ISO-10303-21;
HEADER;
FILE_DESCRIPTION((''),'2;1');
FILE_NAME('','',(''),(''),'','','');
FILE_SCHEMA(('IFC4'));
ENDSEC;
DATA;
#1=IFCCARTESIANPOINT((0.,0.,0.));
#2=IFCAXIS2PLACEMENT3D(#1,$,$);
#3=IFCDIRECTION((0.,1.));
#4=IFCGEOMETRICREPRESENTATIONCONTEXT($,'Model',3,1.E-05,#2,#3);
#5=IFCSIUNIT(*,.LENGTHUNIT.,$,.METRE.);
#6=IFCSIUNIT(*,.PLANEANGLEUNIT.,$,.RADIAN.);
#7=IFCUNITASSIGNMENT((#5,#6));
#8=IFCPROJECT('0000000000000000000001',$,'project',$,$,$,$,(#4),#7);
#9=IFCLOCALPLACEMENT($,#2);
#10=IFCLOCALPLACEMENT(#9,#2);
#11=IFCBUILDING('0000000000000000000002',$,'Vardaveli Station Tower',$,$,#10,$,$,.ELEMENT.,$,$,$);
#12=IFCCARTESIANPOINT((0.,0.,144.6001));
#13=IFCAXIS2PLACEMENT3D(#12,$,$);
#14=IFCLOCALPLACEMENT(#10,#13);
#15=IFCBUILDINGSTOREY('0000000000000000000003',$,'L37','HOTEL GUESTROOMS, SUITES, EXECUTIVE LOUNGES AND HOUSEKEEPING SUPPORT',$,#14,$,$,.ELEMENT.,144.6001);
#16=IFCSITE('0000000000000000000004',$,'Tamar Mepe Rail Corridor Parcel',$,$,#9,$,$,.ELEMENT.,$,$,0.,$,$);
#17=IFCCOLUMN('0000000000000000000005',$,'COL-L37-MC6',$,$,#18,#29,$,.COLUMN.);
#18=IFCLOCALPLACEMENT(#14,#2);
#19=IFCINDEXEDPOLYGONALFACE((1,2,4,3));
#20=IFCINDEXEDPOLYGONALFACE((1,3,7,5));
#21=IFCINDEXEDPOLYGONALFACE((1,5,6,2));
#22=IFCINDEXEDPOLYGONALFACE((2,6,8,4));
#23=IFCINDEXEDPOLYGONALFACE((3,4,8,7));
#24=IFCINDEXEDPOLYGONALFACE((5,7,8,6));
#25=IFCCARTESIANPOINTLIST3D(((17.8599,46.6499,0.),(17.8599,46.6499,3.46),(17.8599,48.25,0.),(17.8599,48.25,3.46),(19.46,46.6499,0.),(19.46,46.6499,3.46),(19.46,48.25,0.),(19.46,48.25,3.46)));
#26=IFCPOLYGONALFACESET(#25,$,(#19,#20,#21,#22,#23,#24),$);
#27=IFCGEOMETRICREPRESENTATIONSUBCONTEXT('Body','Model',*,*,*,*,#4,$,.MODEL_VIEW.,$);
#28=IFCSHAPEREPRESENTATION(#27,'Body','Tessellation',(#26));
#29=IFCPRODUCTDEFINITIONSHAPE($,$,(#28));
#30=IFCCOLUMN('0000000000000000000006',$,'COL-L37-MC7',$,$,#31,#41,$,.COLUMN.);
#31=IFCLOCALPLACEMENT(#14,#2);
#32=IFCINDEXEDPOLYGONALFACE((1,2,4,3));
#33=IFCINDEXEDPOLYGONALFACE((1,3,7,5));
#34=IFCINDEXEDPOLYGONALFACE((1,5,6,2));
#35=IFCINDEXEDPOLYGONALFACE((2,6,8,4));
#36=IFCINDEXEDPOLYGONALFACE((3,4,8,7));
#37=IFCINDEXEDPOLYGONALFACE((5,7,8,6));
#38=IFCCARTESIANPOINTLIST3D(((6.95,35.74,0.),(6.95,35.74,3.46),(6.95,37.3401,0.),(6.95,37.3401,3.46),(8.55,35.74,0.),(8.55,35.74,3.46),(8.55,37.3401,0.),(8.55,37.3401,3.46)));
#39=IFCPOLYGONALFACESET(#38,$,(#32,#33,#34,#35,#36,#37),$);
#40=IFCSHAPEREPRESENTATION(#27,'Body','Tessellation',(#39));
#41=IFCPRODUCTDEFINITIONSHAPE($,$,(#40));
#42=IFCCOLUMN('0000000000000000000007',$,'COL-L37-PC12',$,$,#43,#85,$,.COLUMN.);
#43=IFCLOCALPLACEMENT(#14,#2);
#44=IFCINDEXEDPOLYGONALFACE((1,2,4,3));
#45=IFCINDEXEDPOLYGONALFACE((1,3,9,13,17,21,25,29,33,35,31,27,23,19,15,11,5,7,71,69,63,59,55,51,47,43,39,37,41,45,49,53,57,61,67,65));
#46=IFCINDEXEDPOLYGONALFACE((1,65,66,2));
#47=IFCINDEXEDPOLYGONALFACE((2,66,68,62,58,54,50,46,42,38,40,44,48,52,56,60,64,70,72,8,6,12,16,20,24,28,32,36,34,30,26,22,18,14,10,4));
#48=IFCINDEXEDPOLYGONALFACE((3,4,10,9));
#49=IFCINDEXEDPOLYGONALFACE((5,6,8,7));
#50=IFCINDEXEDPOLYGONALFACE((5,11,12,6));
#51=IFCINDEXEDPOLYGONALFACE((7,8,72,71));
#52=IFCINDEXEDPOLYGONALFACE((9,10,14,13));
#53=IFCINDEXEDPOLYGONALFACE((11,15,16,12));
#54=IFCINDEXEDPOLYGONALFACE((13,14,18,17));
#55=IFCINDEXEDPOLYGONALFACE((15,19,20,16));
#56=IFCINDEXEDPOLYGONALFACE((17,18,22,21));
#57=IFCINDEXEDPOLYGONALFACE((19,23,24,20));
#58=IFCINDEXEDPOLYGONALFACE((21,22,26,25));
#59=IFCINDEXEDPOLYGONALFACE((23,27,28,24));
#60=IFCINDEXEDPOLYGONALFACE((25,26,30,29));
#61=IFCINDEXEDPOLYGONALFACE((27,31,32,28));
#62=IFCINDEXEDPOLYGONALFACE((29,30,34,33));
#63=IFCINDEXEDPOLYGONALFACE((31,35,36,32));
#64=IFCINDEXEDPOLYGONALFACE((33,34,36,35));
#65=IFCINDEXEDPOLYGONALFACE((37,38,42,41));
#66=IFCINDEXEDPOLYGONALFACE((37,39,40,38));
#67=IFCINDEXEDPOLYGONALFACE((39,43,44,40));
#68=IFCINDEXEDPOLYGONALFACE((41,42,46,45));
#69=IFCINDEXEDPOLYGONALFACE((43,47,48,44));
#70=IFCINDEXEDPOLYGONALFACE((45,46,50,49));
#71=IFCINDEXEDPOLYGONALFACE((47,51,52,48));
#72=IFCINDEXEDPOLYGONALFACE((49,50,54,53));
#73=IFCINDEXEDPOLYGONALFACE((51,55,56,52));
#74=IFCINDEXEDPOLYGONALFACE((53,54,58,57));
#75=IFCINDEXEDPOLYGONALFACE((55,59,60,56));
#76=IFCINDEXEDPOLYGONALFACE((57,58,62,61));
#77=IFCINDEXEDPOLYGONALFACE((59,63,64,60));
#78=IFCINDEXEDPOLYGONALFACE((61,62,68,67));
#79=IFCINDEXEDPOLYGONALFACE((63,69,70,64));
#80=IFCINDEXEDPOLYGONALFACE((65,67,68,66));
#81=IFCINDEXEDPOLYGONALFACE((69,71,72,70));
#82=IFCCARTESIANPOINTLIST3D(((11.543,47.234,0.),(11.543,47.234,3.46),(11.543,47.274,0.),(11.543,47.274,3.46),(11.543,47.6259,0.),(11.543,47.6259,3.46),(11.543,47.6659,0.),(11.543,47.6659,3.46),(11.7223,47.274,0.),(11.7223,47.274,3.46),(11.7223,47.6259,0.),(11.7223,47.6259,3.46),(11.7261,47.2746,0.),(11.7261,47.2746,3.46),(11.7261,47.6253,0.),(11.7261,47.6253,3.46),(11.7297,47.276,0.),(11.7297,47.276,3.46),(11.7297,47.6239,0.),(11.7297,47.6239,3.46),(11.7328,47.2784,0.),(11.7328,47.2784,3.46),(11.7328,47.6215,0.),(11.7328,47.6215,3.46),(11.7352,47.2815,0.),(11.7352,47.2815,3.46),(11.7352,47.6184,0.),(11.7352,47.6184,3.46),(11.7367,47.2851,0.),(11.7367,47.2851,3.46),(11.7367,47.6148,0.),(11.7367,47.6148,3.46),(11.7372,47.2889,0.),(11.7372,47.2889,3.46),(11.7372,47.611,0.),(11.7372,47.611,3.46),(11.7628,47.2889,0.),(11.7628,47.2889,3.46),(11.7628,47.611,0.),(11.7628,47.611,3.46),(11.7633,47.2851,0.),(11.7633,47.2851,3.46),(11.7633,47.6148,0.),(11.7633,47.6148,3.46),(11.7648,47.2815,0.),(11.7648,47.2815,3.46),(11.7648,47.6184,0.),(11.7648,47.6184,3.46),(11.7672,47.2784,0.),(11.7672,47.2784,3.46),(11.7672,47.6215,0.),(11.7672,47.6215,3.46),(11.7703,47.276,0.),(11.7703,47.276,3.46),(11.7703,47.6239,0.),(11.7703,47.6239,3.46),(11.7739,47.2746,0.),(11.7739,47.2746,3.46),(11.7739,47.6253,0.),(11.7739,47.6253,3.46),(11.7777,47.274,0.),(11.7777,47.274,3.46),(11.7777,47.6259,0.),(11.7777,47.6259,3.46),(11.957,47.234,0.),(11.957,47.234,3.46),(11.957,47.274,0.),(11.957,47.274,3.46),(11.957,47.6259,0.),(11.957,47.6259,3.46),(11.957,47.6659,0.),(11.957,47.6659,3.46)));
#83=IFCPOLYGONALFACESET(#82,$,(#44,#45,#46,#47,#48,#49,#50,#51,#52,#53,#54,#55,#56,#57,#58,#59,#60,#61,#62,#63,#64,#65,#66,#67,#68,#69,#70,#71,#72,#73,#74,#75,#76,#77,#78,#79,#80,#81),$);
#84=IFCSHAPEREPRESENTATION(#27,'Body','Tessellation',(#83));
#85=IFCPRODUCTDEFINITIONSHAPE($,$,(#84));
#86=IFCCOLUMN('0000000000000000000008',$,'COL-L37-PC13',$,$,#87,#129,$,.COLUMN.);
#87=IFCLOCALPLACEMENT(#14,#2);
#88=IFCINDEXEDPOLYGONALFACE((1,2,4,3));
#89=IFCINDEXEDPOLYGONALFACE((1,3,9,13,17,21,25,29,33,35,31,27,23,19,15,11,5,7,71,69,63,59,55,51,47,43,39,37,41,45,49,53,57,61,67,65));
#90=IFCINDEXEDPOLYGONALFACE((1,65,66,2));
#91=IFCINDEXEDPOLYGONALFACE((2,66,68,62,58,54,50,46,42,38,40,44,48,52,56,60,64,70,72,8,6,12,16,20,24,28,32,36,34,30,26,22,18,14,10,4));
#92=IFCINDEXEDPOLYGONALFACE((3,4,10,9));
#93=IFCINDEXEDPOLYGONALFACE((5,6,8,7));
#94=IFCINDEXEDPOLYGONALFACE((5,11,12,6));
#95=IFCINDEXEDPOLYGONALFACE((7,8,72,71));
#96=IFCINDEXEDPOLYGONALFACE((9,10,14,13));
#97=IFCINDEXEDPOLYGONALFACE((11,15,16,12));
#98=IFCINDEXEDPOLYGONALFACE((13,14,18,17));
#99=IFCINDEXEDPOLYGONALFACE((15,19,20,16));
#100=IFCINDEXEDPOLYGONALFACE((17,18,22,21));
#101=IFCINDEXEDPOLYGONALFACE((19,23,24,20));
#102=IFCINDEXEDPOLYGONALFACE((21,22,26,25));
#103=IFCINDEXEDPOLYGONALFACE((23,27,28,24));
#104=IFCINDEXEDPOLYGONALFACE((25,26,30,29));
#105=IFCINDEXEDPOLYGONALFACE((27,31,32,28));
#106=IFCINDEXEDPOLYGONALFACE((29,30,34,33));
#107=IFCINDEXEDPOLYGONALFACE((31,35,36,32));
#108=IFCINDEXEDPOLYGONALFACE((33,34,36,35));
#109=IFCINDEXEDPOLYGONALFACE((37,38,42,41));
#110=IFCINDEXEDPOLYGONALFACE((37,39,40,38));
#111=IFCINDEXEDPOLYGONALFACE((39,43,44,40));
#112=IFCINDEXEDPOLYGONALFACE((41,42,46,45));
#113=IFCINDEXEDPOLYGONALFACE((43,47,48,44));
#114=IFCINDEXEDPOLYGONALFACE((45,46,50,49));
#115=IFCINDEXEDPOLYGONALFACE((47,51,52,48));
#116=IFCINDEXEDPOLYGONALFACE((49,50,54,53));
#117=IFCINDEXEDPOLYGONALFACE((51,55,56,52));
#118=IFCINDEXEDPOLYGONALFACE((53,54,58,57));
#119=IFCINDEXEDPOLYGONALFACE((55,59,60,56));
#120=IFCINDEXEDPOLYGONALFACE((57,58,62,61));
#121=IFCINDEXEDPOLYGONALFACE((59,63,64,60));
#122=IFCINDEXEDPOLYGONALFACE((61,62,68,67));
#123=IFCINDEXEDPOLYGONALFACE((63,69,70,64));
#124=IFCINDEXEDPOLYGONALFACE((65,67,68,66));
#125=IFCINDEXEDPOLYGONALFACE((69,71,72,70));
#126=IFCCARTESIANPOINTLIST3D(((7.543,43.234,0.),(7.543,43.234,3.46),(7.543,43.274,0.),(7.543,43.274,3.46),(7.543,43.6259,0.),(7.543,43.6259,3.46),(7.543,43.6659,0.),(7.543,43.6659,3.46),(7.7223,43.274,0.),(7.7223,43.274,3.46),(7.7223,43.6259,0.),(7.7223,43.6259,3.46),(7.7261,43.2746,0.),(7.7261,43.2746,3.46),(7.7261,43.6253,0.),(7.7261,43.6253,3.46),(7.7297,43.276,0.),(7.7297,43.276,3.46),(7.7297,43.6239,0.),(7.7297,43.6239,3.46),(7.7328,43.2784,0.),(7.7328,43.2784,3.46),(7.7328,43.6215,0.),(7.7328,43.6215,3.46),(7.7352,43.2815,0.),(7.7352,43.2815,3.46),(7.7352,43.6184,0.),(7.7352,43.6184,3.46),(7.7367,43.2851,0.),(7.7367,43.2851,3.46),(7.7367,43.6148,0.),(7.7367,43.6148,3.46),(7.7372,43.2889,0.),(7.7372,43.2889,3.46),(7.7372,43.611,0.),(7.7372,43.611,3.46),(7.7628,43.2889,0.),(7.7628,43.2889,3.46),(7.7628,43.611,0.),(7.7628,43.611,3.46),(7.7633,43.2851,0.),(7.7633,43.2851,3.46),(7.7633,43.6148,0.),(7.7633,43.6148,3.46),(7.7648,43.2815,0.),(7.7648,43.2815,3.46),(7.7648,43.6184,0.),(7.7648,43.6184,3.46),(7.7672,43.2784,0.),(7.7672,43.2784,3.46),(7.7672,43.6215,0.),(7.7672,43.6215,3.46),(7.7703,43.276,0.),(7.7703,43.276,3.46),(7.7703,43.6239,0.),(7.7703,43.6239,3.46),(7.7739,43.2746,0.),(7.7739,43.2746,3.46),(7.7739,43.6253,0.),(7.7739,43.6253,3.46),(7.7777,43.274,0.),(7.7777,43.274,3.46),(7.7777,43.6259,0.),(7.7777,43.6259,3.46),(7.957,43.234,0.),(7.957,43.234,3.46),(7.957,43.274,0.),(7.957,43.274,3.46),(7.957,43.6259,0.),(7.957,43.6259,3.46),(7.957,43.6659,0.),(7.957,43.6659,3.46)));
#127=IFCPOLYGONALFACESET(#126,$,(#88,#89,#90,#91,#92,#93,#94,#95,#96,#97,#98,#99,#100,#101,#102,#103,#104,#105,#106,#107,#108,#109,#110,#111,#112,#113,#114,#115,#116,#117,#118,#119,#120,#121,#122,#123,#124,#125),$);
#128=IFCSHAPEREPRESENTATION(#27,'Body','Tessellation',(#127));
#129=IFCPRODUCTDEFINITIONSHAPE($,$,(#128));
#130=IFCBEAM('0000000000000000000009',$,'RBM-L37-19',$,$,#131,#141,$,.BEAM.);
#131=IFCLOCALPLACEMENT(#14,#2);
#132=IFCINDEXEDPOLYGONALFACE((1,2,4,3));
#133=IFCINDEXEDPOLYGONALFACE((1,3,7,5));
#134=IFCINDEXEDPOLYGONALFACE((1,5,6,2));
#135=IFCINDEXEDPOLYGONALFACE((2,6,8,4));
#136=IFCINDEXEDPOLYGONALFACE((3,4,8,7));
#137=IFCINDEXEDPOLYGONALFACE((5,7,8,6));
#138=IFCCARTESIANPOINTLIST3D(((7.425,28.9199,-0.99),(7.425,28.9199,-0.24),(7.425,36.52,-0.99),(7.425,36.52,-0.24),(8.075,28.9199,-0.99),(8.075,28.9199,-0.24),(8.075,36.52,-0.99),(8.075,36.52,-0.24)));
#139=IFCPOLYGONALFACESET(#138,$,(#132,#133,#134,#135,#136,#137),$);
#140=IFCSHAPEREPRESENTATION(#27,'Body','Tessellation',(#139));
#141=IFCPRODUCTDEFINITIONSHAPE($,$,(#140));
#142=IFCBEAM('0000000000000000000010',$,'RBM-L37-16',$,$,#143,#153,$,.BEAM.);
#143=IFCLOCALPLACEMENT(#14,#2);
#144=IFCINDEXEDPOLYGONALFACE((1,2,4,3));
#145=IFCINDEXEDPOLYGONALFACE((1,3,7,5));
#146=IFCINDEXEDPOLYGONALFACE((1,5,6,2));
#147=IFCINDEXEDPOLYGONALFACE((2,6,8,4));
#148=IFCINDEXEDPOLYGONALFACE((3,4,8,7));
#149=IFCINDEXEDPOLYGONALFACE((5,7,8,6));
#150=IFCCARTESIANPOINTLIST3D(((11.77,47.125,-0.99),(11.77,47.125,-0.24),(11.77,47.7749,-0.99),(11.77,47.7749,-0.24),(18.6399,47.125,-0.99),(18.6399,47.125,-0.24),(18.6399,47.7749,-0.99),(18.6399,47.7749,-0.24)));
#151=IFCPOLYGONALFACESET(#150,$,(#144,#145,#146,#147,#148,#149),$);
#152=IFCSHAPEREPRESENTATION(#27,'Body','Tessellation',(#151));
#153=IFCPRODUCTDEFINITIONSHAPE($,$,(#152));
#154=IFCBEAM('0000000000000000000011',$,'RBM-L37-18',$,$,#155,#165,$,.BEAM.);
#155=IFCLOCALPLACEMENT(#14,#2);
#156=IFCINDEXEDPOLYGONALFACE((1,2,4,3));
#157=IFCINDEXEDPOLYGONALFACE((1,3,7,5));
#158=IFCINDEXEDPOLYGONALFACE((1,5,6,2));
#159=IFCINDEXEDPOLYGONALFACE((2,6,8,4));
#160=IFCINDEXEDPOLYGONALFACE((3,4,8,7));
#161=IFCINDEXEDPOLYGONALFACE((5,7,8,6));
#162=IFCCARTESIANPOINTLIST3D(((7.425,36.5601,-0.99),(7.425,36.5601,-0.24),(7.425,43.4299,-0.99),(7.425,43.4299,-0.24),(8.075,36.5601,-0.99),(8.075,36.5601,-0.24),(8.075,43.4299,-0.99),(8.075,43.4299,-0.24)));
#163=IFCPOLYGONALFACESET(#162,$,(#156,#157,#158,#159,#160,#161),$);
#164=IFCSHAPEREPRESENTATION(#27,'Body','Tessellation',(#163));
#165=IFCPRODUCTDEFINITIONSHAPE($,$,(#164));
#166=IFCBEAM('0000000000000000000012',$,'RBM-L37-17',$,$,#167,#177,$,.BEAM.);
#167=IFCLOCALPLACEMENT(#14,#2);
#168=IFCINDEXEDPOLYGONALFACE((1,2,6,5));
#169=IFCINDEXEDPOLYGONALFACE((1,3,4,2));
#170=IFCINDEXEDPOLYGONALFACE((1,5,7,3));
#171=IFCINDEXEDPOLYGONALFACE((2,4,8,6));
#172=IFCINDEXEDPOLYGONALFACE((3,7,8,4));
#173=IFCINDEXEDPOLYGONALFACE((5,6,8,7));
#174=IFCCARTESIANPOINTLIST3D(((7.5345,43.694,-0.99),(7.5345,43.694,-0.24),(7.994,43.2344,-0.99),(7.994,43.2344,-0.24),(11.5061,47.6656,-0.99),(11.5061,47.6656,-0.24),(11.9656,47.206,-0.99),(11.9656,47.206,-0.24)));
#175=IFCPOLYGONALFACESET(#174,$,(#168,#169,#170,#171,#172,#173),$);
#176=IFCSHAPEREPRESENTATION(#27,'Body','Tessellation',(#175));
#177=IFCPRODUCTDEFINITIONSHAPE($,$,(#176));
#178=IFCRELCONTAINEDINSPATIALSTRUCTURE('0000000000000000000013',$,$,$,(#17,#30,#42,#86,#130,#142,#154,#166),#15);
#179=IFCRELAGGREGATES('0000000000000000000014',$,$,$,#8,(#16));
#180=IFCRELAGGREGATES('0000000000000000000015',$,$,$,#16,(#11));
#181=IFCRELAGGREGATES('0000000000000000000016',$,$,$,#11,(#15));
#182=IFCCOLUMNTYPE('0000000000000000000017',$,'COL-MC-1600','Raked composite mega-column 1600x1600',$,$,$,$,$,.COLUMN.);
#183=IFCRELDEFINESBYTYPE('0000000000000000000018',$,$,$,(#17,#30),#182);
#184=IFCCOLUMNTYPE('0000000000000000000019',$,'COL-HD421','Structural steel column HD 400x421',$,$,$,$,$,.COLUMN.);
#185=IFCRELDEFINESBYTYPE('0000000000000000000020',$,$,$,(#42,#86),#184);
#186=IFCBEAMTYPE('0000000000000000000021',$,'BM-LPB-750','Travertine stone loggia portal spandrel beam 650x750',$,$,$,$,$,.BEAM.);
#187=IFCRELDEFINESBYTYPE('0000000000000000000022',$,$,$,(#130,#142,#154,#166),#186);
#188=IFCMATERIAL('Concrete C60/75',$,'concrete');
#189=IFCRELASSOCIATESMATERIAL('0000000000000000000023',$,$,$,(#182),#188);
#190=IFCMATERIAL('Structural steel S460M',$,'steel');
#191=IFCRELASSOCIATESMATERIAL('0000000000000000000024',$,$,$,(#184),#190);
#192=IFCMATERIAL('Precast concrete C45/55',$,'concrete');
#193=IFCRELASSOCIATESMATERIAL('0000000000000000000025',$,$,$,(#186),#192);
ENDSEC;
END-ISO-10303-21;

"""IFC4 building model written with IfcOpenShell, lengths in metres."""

from ifc_helpers import new_model, si_unit, direction, frame, origin, origin_2d, place, context, subcontext, project, spatial, rectangle, i_section, extrude, source, transform, mapped, material, material_profile, profile_set, type_object, element, save


model = new_model("IFC4")

# Units and contexts
model_context = context("Model", 3, precision=1e-05, world=origin(), true_north=direction((0.0, 1.0)))
body_context = subcontext(model_context, "Body", "Model", "MODEL_VIEW")
ifc_project = project(units=[si_unit("LENGTHUNIT", "METRE"), si_unit("PLANEANGLEUNIT", "RADIAN")], contexts=[model_context])

# Site, building, storey
site_placement = place(None, origin())
site = spatial("IfcSite", under=ifc_project, at=site_placement, Name="Tamar Mepe Rail Corridor Parcel", CompositionType="ELEMENT", RefElevation=0.0)
building_placement = place(site_placement, origin())
building = spatial("IfcBuilding", under=site, at=building_placement, Name="Vardaveli Station Tower", CompositionType="ELEMENT")
storey_placement = place(building_placement, frame((0.0, 0.0, 144.6001)))
storey = spatial("IfcBuildingStorey", under=building, at=storey_placement, Name="L37", Description="HOTEL GUESTROOMS, SUITES, EXECUTIVE LOUNGES AND HOUSEKEEPING SUPPORT", CompositionType="ELEMENT", Elevation=144.6001)

# Columns
ifc_material_1 = material(Name="Concrete C60/75", Category="concrete")
ifc_material_profile_1 = material_profile(ifc_material_1, rectangle(XDim=1.6001, YDim=1.6001, at=origin_2d()), Name="MC 1600x1600")
ifc_profile_set_1 = profile_set([ifc_material_profile_1], Name="Concrete C60/75")
column_type_1 = type_object("IfcColumnType", Name="COL-MC-1600", Description="Raked composite mega-column 1600x1600", PredefinedType="COLUMN", material=ifc_profile_set_1)
shared_shape_1 = source(origin(), body_context, "Body", "SweptSolid", [
    extrude(rectangle(XDim=1.6001, YDim=1.6001, at=origin_2d()), origin(), (0.0, 0.0, 1.0), 3.46),
])
for number, where, z_axis, x_axis, name in (
    (1, (18.6599, 47.45, 0.0), (0.0, 0.0, 1.0), (1.0, 0.0, 0.0), "COL-L37-MC6"),
    (2, (7.75, 36.54, 0.0), (0.0, 0.0, 1.0), (1.0, 0.0, 0.0), "COL-L37-MC7"),
):
    element("IfcColumn", number, at=place(storey_placement, frame(where, z_axis=z_axis, x_axis=x_axis)), inside=storey, type_object=column_type_1, Name=name, PredefinedType="COLUMN", context=body_context, shape_type="MappedRepresentation", body=[
        mapped(shared_shape_1, transform((0.0, 0.0, 0.0), scale=1.0)),
    ])
ifc_material_2 = material(Name="Structural steel S460M", Category="steel")
ifc_material_profile_2 = material_profile(ifc_material_2, i_section(OverallWidth=0.4141, OverallDepth=0.4319, WebThickness=0.0256, FlangeThickness=0.04, FilletRadius=0.0149, at=origin_2d()), Name="HD 400x421")
ifc_profile_set_2 = profile_set([ifc_material_profile_2], Name="Structural steel S460M")
column_type_2 = type_object("IfcColumnType", Name="COL-HD421", Description="Structural steel column HD 400x421", PredefinedType="COLUMN", material=ifc_profile_set_2)
shared_shape_2 = source(origin(), body_context, "Body", "SweptSolid", [
    extrude(i_section(OverallWidth=0.4141, OverallDepth=0.4319, WebThickness=0.0256, FlangeThickness=0.04, FilletRadius=0.0149, at=origin_2d()), origin(), (0.0, 0.0, 1.0), 3.46),
])
for number, where, z_axis, x_axis, name in (
    (3, (11.75, 47.45, 0.0), (0.0, 0.0, 1.0), (1.0, 0.0, 0.0), "COL-L37-PC12"),
    (4, (7.75, 43.45, 0.0), (0.0, 0.0, 1.0), (1.0, 0.0, 0.0), "COL-L37-PC13"),
):
    element("IfcColumn", number, at=place(storey_placement, frame(where, z_axis=z_axis, x_axis=x_axis)), inside=storey, type_object=column_type_2, Name=name, PredefinedType="COLUMN", context=body_context, shape_type="MappedRepresentation", body=[
        mapped(shared_shape_2, transform((0.0, 0.0, 0.0), scale=1.0)),
    ])

# Beams
ifc_material_3 = material(Name="Precast concrete C45/55", Category="concrete")
ifc_material_profile_3 = material_profile(ifc_material_3, rectangle(XDim=0.6499, YDim=0.75, at=origin_2d()), Name="LPB 650x750")
ifc_profile_set_3 = profile_set([ifc_material_profile_3], Name="Precast concrete C45/55")
beam_type = type_object("IfcBeamType", Name="BM-LPB-750", Description="Travertine stone loggia portal spandrel beam 650x750", PredefinedType="BEAM", material=ifc_profile_set_3)
shared_shape_3 = source(origin(), body_context, "Body", "SweptSolid", [
    extrude(rectangle(XDim=0.6499, YDim=0.75, at=origin_2d()), origin(), (0.0, 0.0, 1.0), 7.6001),
])
beam_1_placement = place(storey_placement, frame((7.75, 36.52, -0.615), z_axis=(0.0, -1.0, 0.0), x_axis=(1.0, 0.0, 0.0)))
element("IfcBeam", 5, at=beam_1_placement, inside=storey, type_object=beam_type, Name="RBM-L37-19", PredefinedType="BEAM", context=body_context, shape_type="MappedRepresentation", body=[
    mapped(shared_shape_3, transform((0.0, 0.0, 0.0), scale=1.0)),
])
shared_shape_4 = source(origin(), body_context, "Body", "SweptSolid", [
    extrude(rectangle(XDim=0.6499, YDim=0.75, at=origin_2d()), origin(), (0.0, 0.0, 1.0), 6.8699),
])
for number, where, z_axis, x_axis, name in (
    (6, (18.6399, 47.45, -0.615), (-1.0, 0.0, 0.0), (0.0, -1.0, 0.0), "RBM-L37-16"),
    (7, (7.75, 43.4299, -0.615), (0.0, -1.0, 0.0), (1.0, 0.0, 0.0), "RBM-L37-18"),
):
    element("IfcBeam", number, at=place(storey_placement, frame(where, z_axis=z_axis, x_axis=x_axis)), inside=storey, type_object=beam_type, Name=name, PredefinedType="BEAM", context=body_context, shape_type="MappedRepresentation", body=[
        mapped(shared_shape_4, transform((0.0, 0.0, 0.0), scale=1.0)),
    ])
shared_shape_5 = source(origin(), body_context, "Body", "SweptSolid", [
    extrude(rectangle(XDim=0.6499, YDim=0.75, at=origin_2d()), origin(), (0.0, 0.0, 1.0), 5.6167),
])
beam_2_placement = place(storey_placement, frame((11.7358, 47.4358, -0.615), z_axis=(-0.707107, -0.707107, 0.0), x_axis=(0.707107, -0.707107, 0.0)))
element("IfcBeam", 8, at=beam_2_placement, inside=storey, type_object=beam_type, Name="RBM-L37-17", PredefinedType="BEAM", context=body_context, shape_type="MappedRepresentation", body=[
    mapped(shared_shape_5, transform((0.0, 0.0, 0.0), scale=1.0)),
])

save(model, "model.ifc")
